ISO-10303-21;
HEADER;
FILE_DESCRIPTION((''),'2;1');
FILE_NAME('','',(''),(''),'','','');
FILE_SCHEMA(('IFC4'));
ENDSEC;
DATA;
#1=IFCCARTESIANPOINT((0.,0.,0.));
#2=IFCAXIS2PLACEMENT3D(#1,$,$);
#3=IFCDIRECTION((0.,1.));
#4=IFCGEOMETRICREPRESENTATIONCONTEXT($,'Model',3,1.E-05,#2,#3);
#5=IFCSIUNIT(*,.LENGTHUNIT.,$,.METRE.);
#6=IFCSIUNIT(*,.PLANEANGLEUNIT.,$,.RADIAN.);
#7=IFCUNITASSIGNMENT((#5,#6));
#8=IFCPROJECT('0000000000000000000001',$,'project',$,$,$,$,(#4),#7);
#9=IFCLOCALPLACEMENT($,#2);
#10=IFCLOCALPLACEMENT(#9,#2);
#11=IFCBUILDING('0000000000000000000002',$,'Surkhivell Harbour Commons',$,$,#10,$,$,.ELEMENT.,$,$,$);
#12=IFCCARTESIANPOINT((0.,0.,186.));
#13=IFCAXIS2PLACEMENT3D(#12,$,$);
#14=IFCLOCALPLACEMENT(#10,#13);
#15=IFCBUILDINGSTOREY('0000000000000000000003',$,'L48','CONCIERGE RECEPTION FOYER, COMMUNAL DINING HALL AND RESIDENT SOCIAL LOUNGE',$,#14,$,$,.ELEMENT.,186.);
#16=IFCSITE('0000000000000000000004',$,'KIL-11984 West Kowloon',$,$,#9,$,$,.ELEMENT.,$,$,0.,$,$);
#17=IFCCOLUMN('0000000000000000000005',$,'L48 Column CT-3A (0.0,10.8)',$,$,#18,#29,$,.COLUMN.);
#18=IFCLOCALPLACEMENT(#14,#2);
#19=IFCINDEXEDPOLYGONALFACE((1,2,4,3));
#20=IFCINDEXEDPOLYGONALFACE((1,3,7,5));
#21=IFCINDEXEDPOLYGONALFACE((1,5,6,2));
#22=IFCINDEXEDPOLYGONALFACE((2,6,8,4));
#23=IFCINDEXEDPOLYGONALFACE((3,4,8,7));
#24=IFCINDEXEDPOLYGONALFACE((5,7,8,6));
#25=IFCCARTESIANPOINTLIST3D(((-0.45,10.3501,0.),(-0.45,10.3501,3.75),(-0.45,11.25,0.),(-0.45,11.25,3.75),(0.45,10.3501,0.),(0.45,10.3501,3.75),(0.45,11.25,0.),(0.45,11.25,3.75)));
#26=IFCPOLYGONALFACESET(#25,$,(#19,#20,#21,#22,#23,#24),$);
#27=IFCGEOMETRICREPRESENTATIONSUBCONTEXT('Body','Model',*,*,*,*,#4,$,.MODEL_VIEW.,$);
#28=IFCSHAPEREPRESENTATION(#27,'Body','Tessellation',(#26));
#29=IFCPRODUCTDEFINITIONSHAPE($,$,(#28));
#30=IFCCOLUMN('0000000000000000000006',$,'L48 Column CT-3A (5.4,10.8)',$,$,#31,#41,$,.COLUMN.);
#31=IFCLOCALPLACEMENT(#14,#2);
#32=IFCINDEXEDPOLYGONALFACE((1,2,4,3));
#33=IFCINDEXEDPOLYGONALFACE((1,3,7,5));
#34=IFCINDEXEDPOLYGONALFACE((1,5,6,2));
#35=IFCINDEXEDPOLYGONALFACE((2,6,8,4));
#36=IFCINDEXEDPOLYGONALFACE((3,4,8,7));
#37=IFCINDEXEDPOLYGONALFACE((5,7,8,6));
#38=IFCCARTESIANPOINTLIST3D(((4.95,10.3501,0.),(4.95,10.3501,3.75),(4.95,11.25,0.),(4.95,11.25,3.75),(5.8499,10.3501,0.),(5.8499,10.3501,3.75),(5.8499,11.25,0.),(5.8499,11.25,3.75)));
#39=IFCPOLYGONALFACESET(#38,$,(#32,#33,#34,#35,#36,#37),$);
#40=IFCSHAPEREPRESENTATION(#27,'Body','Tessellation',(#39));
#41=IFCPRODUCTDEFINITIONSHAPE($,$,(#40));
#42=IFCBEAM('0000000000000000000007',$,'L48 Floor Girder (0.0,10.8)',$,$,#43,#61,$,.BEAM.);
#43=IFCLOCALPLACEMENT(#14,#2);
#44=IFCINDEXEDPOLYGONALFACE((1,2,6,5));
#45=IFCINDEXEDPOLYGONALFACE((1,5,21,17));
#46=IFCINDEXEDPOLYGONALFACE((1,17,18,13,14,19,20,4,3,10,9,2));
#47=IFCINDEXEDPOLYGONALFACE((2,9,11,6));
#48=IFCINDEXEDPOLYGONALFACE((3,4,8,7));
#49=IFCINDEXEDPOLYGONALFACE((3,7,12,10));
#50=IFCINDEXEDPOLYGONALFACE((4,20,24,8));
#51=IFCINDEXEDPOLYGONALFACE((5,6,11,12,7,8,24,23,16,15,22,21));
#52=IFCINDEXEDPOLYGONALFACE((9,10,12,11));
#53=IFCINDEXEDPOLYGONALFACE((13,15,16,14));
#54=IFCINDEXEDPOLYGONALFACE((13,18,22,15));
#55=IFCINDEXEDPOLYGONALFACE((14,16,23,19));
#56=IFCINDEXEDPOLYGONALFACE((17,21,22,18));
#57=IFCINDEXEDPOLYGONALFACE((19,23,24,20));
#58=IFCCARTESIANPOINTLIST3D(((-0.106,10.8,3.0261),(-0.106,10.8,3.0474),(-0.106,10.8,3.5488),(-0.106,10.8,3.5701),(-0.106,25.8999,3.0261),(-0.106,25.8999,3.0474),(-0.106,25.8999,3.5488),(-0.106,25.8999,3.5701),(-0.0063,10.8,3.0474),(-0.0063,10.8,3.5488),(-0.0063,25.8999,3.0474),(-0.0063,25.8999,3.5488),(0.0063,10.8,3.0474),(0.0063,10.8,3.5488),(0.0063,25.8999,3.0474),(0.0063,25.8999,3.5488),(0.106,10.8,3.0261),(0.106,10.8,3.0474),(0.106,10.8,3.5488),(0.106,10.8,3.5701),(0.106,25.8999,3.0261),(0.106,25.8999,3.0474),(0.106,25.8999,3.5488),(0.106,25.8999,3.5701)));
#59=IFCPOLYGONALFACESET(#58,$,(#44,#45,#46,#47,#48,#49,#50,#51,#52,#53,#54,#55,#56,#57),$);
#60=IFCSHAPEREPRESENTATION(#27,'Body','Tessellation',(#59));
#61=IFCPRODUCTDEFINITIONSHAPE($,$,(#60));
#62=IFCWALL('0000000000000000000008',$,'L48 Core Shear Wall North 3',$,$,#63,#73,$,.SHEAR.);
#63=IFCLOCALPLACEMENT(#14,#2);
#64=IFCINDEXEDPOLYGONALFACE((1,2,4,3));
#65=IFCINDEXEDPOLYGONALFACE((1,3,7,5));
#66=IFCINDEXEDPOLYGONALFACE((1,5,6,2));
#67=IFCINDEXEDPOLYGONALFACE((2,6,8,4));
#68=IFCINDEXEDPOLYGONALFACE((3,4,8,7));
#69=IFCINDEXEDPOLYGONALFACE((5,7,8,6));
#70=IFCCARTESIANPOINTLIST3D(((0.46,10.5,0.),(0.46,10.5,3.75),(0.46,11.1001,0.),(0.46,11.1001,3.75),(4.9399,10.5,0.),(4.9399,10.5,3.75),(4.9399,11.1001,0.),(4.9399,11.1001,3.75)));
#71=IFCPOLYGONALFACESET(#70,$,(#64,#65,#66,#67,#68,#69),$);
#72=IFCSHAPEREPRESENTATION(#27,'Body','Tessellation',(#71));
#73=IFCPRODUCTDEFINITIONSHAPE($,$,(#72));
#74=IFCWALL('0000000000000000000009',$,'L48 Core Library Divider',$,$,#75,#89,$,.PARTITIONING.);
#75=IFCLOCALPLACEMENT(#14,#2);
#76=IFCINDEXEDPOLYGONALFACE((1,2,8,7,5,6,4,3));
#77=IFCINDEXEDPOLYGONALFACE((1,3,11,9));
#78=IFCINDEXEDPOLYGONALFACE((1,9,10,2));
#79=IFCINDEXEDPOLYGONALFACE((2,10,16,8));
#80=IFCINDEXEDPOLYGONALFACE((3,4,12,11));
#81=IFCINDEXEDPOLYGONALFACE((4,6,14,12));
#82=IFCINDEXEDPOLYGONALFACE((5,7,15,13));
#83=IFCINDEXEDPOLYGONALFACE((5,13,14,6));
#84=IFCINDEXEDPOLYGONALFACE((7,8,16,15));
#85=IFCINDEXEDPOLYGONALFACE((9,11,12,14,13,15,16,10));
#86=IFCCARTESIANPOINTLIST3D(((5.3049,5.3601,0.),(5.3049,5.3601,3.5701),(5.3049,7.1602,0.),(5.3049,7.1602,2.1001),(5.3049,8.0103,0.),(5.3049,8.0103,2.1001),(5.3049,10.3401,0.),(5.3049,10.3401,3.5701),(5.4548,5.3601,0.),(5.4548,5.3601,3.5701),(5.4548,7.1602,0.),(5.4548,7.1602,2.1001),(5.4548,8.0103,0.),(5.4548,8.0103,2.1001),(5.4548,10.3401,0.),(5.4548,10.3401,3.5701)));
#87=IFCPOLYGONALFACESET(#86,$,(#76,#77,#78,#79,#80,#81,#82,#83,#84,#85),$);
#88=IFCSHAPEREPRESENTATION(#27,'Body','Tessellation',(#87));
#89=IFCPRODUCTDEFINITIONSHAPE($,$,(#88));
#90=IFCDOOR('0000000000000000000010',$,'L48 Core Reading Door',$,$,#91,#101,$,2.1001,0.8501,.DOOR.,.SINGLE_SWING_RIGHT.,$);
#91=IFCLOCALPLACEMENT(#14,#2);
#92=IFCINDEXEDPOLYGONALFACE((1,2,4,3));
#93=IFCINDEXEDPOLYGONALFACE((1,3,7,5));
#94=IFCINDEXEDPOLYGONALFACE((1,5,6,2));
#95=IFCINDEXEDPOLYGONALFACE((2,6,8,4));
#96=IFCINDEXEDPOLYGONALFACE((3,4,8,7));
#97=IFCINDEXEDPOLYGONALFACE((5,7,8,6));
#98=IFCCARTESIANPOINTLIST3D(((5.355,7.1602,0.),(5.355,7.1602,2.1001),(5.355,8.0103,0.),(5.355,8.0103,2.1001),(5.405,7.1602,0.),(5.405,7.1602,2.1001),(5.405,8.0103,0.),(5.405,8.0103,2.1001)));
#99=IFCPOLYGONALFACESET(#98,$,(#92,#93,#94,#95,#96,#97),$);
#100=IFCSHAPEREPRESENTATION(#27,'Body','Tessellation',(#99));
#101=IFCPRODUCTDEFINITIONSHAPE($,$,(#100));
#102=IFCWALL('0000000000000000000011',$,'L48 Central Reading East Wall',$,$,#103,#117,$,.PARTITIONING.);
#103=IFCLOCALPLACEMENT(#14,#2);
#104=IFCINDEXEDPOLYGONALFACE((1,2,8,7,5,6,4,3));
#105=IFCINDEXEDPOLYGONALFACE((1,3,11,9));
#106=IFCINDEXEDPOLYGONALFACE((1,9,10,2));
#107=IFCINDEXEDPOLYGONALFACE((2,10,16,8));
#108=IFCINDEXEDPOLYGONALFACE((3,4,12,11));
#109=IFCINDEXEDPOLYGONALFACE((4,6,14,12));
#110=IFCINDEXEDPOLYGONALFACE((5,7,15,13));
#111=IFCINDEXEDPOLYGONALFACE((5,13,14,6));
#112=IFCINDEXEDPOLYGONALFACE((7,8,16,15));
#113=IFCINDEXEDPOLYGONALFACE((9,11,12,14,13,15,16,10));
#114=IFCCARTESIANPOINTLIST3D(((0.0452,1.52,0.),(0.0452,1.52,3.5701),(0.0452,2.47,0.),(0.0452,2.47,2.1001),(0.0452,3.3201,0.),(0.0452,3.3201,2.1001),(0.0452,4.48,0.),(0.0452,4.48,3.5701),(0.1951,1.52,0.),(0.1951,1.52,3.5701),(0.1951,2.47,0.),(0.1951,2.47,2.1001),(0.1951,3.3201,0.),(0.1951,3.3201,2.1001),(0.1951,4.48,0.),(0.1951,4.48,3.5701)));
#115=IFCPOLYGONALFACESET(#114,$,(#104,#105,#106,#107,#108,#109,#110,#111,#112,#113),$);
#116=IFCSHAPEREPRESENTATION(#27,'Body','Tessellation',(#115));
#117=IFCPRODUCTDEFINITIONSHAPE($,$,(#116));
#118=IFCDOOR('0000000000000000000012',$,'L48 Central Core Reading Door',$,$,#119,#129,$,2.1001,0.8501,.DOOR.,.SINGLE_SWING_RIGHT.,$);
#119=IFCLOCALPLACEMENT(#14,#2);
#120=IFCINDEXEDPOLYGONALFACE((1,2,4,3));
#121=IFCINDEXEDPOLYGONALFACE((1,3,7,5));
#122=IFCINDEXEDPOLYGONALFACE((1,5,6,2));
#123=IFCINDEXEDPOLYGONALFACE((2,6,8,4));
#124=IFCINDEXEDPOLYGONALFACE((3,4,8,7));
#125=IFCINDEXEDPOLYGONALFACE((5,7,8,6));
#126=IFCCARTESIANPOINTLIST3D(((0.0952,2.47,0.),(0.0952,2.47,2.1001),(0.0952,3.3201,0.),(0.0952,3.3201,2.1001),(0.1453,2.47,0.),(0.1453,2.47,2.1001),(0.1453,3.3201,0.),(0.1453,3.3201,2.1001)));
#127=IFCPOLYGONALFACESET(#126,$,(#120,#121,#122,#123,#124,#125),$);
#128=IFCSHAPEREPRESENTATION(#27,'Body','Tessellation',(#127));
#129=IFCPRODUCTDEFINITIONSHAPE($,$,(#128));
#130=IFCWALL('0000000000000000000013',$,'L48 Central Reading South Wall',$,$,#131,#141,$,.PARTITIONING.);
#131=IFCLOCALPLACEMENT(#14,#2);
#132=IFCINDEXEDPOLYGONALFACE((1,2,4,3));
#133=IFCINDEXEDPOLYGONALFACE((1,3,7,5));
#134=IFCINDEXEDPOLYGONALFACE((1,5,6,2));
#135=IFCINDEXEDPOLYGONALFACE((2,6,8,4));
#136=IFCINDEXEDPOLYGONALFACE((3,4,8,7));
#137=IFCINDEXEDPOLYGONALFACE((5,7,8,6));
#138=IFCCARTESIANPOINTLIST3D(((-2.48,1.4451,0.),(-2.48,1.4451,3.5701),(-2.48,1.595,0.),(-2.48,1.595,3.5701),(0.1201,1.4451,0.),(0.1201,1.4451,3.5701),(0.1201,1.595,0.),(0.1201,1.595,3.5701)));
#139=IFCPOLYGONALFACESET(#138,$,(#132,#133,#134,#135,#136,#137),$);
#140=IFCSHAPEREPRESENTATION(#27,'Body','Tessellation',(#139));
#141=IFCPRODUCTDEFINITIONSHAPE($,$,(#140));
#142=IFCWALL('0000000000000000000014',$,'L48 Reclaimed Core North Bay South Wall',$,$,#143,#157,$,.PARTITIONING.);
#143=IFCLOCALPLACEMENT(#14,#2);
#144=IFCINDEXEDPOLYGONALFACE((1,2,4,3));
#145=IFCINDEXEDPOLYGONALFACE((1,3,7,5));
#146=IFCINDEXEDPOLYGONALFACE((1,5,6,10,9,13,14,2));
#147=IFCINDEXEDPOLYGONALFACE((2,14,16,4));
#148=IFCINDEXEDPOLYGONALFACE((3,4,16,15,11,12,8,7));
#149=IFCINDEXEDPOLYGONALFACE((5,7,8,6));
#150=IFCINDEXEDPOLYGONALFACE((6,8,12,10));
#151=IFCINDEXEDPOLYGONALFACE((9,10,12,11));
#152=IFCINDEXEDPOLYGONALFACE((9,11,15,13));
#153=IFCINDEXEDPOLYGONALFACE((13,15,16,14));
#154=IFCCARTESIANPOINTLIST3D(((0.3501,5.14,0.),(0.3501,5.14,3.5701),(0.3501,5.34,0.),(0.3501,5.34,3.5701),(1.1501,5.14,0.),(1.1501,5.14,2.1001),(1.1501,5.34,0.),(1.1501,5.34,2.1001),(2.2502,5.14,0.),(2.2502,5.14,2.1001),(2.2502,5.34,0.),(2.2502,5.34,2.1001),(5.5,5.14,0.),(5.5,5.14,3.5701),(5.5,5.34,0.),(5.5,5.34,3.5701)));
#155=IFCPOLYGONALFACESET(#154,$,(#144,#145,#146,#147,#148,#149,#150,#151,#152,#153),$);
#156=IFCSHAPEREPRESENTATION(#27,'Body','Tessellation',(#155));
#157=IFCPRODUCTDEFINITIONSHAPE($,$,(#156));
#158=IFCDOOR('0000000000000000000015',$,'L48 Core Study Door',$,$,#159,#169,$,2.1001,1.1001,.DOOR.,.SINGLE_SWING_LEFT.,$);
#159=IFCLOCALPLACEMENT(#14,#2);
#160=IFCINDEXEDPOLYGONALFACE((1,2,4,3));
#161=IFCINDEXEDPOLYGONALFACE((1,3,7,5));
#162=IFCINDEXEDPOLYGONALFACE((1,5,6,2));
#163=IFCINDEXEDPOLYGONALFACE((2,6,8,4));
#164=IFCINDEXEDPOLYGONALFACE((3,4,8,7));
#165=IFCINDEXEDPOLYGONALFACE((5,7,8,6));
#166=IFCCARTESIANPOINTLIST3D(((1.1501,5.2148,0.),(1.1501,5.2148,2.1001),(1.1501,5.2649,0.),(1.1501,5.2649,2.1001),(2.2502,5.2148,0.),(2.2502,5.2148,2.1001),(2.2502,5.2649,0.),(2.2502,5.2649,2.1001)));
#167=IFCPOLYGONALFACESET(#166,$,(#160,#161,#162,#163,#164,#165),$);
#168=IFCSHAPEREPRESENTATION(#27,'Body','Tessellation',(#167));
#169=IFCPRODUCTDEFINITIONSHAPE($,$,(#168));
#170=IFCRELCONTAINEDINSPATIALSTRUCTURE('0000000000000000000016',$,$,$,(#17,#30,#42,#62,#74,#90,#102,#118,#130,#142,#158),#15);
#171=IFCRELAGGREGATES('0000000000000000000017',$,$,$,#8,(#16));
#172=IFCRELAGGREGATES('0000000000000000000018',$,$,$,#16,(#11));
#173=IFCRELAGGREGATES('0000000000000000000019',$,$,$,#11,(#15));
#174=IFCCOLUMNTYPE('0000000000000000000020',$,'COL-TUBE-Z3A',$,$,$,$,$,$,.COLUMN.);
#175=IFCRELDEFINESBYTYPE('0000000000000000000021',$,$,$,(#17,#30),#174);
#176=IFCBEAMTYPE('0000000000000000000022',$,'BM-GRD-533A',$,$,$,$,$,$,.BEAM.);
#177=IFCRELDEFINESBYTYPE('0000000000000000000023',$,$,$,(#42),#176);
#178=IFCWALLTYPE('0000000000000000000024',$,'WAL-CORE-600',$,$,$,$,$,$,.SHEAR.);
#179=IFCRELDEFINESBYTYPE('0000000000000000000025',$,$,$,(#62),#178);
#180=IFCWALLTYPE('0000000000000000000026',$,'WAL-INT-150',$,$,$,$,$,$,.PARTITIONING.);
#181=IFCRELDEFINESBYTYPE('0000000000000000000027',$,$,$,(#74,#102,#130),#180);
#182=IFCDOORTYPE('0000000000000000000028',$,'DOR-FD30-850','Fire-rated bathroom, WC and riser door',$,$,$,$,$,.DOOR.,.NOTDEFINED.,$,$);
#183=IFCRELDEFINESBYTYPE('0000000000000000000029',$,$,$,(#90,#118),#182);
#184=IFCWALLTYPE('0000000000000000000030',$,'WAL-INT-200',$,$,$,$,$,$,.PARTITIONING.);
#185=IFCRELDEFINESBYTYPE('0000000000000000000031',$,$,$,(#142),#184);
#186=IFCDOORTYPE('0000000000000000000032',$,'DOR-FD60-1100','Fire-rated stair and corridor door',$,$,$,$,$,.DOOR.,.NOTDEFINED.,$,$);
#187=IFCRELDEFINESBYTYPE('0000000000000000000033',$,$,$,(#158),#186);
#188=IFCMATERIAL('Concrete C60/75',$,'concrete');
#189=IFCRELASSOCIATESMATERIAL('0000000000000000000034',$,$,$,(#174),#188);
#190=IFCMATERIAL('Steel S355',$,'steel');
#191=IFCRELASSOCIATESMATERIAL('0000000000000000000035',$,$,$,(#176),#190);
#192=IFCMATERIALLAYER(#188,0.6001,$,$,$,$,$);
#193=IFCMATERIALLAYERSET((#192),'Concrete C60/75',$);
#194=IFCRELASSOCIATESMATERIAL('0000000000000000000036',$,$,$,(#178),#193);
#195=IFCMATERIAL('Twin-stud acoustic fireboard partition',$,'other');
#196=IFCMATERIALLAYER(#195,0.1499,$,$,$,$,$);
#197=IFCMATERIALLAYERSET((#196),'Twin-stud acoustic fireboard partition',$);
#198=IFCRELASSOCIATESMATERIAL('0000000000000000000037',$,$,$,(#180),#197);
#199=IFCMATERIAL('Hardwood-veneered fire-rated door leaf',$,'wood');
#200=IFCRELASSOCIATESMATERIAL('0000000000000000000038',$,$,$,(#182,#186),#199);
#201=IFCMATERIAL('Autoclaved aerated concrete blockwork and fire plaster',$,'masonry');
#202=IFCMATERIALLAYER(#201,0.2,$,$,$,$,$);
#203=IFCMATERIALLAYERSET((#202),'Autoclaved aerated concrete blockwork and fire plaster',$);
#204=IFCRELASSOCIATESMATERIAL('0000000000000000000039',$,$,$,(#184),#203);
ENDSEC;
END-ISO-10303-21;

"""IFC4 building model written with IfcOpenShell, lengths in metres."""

from ifc_helpers import new_model, si_unit, direction, frame, frame_2d, origin, origin_2d, place, context, subcontext, project, spatial, rectangle, i_section, extrude, material, layer, layer_set, material_profile, profile_set, type_object, element, fill, save


model = new_model("IFC4")

# Units and contexts
model_context = context("Model", 3, precision=1e-05, world=origin(), true_north=direction((0.0, 1.0)))
body_context = subcontext(model_context, "Body", "Model", "MODEL_VIEW")
ifc_project = project(units=[si_unit("LENGTHUNIT", "METRE"), si_unit("PLANEANGLEUNIT", "RADIAN")], contexts=[model_context])

# Site, building, storey
site_placement = place(None, origin())
site = spatial("IfcSite", under=ifc_project, at=site_placement, Name="KIL-11984 West Kowloon", CompositionType="ELEMENT", RefElevation=0.0)
building_placement = place(site_placement, origin())
building = spatial("IfcBuilding", under=site, at=building_placement, Name="Surkhivell Harbour Commons", CompositionType="ELEMENT")
storey_placement = place(building_placement, frame((0.0, 0.0, 186.0)))
storey = spatial("IfcBuildingStorey", under=building, at=storey_placement, Name="L48", Description="CONCIERGE RECEPTION FOYER, COMMUNAL DINING HALL AND RESIDENT SOCIAL LOUNGE", CompositionType="ELEMENT", Elevation=186.0)

# Columns
ifc_material_1 = material(Name="Concrete C60/75", Category="concrete")
ifc_material_profile_1 = material_profile(ifc_material_1, rectangle(XDim=0.8999, YDim=0.8999, at=origin_2d()), Name="RC-COL-900x900")
ifc_profile_set_1 = profile_set([ifc_material_profile_1], Name="Concrete C60/75")
column_type = type_object("IfcColumnType", Name="COL-TUBE-Z3A", PredefinedType="COLUMN", material=ifc_profile_set_1)
for number, where, z_axis, x_axis, name in (
    (1, (0.0, 10.8, 0.0), (0.0, 0.0, 1.0), (1.0, 0.0, 0.0), "L48 Column CT-3A (0.0,10.8)"),
    (2, (5.3999, 10.8, 0.0), (0.0, 0.0, 1.0), (1.0, 0.0, 0.0), "L48 Column CT-3A (5.4,10.8)"),
):
    element("IfcColumn", number, at=place(storey_placement, frame(where, z_axis=z_axis, x_axis=x_axis)), inside=storey, type_object=column_type, Name=name, PredefinedType="COLUMN", context=body_context, shape_type="SweptSolid", body=[
        extrude(rectangle(XDim=0.8999, YDim=0.8999, at=origin_2d()), origin(), (0.0, 0.0, 1.0), 3.75),
    ])

# Beam
ifc_material_2 = material(Name="Steel S355", Category="steel")
ifc_material_profile_2 = material_profile(ifc_material_2, i_section(OverallWidth=0.2119, OverallDepth=0.5439, WebThickness=0.0127, FlangeThickness=0.0212, at=origin_2d()), Name="UB533x210x122")
ifc_profile_set_2 = profile_set([ifc_material_profile_2], Name="Steel S355")
beam_type = type_object("IfcBeamType", Name="BM-GRD-533A", PredefinedType="BEAM", material=ifc_profile_set_2)
beam_placement = place(storey_placement, frame((0.0, 10.8, 3.2981), z_axis=(0.0, 1.0, 0.0), x_axis=(-1.0, 0.0, 0.0)))
element("IfcBeam", 3, at=beam_placement, inside=storey, type_object=beam_type, Name="L48 Floor Girder (0.0,10.8)", PredefinedType="BEAM", context=body_context, shape_type="SweptSolid", body=[
    extrude(i_section(OverallWidth=0.2119, OverallDepth=0.5439, WebThickness=0.0127, FlangeThickness=0.0212, at=origin_2d()), origin(), (0.0, 0.0, 1.0), 15.0999),
])

# Wall
ifc_layer_1 = layer(ifc_material_1, 0.6001)
ifc_layer_set_1 = layer_set([ifc_layer_1], Name="Concrete C60/75")
wall_type_1 = type_object("IfcWallType", Name="WAL-CORE-600", PredefinedType="SHEAR", material=ifc_layer_set_1)
wall_1_placement = place(storey_placement, frame((0.46, 10.8, 0.0), z_axis=(0.0, 0.0, 1.0), x_axis=(1.0, 0.0, 0.0)))
element("IfcWall", 4, at=wall_1_placement, inside=storey, type_object=wall_type_1, Name="L48 Core Shear Wall North 3", PredefinedType="SHEAR", context=body_context, shape_type="SweptSolid", body=[
    extrude(rectangle(XDim=4.48, YDim=0.6001, at=frame_2d((2.24, 0.0))), origin(), (0.0, 0.0, 1.0), 3.75),
])

# Walls, openings, doors
ifc_material_3 = material(Name="Twin-stud acoustic fireboard partition", Category="other")
ifc_layer_2 = layer(ifc_material_3, 0.1499)
ifc_layer_set_2 = layer_set([ifc_layer_2], Name="Twin-stud acoustic fireboard partition")
wall_type_2 = type_object("IfcWallType", Name="WAL-INT-150", PredefinedType="PARTITIONING", material=ifc_layer_set_2)
wall_2_placement = place(storey_placement, frame((5.3799, 5.3601, 0.0), z_axis=(0.0, 0.0, 1.0), x_axis=(0.0, 1.0, 0.0)))
wall_2 = element("IfcWall", 5, at=wall_2_placement, inside=storey, type_object=wall_type_2, Name="L48 Core Library Divider", PredefinedType="PARTITIONING", context=body_context, shape_type="SweptSolid", body=[
    extrude(rectangle(XDim=4.98, YDim=0.1499, at=frame_2d((2.49, 0.0))), origin(), (0.0, 0.0, 1.0), 3.5701),
])
opening_1_placement = place(wall_2_placement, frame((1.8, 0.0, 0.0)))
opening_1 = element("IfcOpeningElement", 6, at=opening_1_placement, cuts=wall_2, PredefinedType="OPENING", context=body_context, shape_type="SweptSolid", body=[
    extrude(rectangle(XDim=0.8501, YDim=2.1001, at=frame_2d((0.425, 1.05))), frame((0.0, 0.085, 0.0), z_axis=(0.0, -1.0, 0.0), x_axis=(1.0, 0.0, 0.0)), (0.0, 0.0, 1.0), 0.1699),
])
ifc_material_4 = material(Name="Hardwood-veneered fire-rated door leaf", Category="wood")
door_type_1 = type_object("IfcDoorType", Name="DOR-FD30-850", Description="Fire-rated bathroom, WC and riser door", OperationType="NOTDEFINED", PredefinedType="DOOR", material=ifc_material_4)
door_1_placement = place(opening_1_placement, origin())
door_1 = element("IfcDoor", 7, at=door_1_placement, inside=storey, type_object=door_type_1, Name="L48 Core Reading Door", OperationType="SINGLE_SWING_RIGHT", OverallHeight=2.1001, OverallWidth=0.8501, PredefinedType="DOOR", context=body_context, shape_type="SweptSolid", body=[
    extrude(rectangle(XDim=0.8501, YDim=2.1001, at=frame_2d((0.425, 1.05))), frame((0.0, 0.0249, 0.0), z_axis=(0.0, -1.0, 0.0), x_axis=(1.0, 0.0, 0.0)), (0.0, 0.0, 1.0), 0.05),
])
fill(opening_1, door_1)
wall_3_placement = place(storey_placement, frame((0.1201, 1.52, 0.0), z_axis=(0.0, 0.0, 1.0), x_axis=(0.0, 1.0, 0.0)))
wall_3 = element("IfcWall", 8, at=wall_3_placement, inside=storey, type_object=wall_type_2, Name="L48 Central Reading East Wall", PredefinedType="PARTITIONING", context=body_context, shape_type="SweptSolid", body=[
    extrude(rectangle(XDim=2.96, YDim=0.1499, at=frame_2d((1.48, 0.0))), origin(), (0.0, 0.0, 1.0), 3.5701),
])
opening_2_placement = place(wall_3_placement, frame((0.95, 0.0, 0.0)))
opening_2 = element("IfcOpeningElement", 9, at=opening_2_placement, cuts=wall_3, PredefinedType="OPENING", context=body_context, shape_type="SweptSolid", body=[
    extrude(rectangle(XDim=0.8501, YDim=2.1001, at=frame_2d((0.425, 1.05))), frame((0.0, 0.085, 0.0), z_axis=(0.0, -1.0, 0.0), x_axis=(1.0, 0.0, 0.0)), (0.0, 0.0, 1.0), 0.1699),
])
door_2_placement = place(opening_2_placement, origin())
door_2 = element("IfcDoor", 10, at=door_2_placement, inside=storey, type_object=door_type_1, Name="L48 Central Core Reading Door", OperationType="SINGLE_SWING_RIGHT", OverallHeight=2.1001, OverallWidth=0.8501, PredefinedType="DOOR", context=body_context, shape_type="SweptSolid", body=[
    extrude(rectangle(XDim=0.8501, YDim=2.1001, at=frame_2d((0.425, 1.05))), frame((0.0, 0.0249, 0.0), z_axis=(0.0, -1.0, 0.0), x_axis=(1.0, 0.0, 0.0)), (0.0, 0.0, 1.0), 0.05),
])
fill(opening_2, door_2)

# Wall
wall_4_placement = place(storey_placement, frame((-2.48, 1.52, 0.0), z_axis=(0.0, 0.0, 1.0), x_axis=(1.0, 0.0, 0.0)))
element("IfcWall", 11, at=wall_4_placement, inside=storey, type_object=wall_type_2, Name="L48 Central Reading South Wall", PredefinedType="PARTITIONING", context=body_context, shape_type="SweptSolid", body=[
    extrude(rectangle(XDim=2.6001, YDim=0.1499, at=frame_2d((1.3, 0.0))), origin(), (0.0, 0.0, 1.0), 3.5701),
])

# Wall, opening, door
ifc_material_5 = material(Name="Autoclaved aerated concrete blockwork and fire plaster", Category="masonry")
ifc_layer_3 = layer(ifc_material_5, 0.2)
ifc_layer_set_3 = layer_set([ifc_layer_3], Name="Autoclaved aerated concrete blockwork and fire plaster")
wall_type_3 = type_object("IfcWallType", Name="WAL-INT-200", PredefinedType="PARTITIONING", material=ifc_layer_set_3)
wall_5_placement = place(storey_placement, frame((0.3501, 5.24, 0.0), z_axis=(0.0, 0.0, 1.0), x_axis=(1.0, 0.0, 0.0)))
wall_5 = element("IfcWall", 12, at=wall_5_placement, inside=storey, type_object=wall_type_3, Name="L48 Reclaimed Core North Bay South Wall", PredefinedType="PARTITIONING", context=body_context, shape_type="SweptSolid", body=[
    extrude(rectangle(XDim=5.1499, YDim=0.2, at=frame_2d((2.575, 0.0))), origin(), (0.0, 0.0, 1.0), 3.5701),
])
opening_3_placement = place(wall_5_placement, frame((0.8, 0.0, 0.0)))
opening_3 = element("IfcOpeningElement", 13, at=opening_3_placement, cuts=wall_5, PredefinedType="OPENING", context=body_context, shape_type="SweptSolid", body=[
    extrude(rectangle(XDim=1.1001, YDim=2.1001, at=frame_2d((0.55, 1.05))), frame((0.0, 0.1099, 0.0), z_axis=(0.0, -1.0, 0.0), x_axis=(1.0, 0.0, 0.0)), (0.0, 0.0, 1.0), 0.22),
])
door_type_2 = type_object("IfcDoorType", Name="DOR-FD60-1100", Description="Fire-rated stair and corridor door", OperationType="NOTDEFINED", PredefinedType="DOOR", material=ifc_material_4)
door_3_placement = place(opening_3_placement, origin())
door_3 = element("IfcDoor", 14, at=door_3_placement, inside=storey, type_object=door_type_2, Name="L48 Core Study Door", OperationType="SINGLE_SWING_LEFT", OverallHeight=2.1001, OverallWidth=1.1001, PredefinedType="DOOR", context=body_context, shape_type="SweptSolid", body=[
    extrude(rectangle(XDim=1.1001, YDim=2.1001, at=frame_2d((0.55, 1.05))), frame((0.0, 0.0249, 0.0), z_axis=(0.0, -1.0, 0.0), x_axis=(1.0, 0.0, 0.0)), (0.0, 0.0, 1.0), 0.05),
])
fill(opening_3, door_3)

save(model, "model.ifc")
